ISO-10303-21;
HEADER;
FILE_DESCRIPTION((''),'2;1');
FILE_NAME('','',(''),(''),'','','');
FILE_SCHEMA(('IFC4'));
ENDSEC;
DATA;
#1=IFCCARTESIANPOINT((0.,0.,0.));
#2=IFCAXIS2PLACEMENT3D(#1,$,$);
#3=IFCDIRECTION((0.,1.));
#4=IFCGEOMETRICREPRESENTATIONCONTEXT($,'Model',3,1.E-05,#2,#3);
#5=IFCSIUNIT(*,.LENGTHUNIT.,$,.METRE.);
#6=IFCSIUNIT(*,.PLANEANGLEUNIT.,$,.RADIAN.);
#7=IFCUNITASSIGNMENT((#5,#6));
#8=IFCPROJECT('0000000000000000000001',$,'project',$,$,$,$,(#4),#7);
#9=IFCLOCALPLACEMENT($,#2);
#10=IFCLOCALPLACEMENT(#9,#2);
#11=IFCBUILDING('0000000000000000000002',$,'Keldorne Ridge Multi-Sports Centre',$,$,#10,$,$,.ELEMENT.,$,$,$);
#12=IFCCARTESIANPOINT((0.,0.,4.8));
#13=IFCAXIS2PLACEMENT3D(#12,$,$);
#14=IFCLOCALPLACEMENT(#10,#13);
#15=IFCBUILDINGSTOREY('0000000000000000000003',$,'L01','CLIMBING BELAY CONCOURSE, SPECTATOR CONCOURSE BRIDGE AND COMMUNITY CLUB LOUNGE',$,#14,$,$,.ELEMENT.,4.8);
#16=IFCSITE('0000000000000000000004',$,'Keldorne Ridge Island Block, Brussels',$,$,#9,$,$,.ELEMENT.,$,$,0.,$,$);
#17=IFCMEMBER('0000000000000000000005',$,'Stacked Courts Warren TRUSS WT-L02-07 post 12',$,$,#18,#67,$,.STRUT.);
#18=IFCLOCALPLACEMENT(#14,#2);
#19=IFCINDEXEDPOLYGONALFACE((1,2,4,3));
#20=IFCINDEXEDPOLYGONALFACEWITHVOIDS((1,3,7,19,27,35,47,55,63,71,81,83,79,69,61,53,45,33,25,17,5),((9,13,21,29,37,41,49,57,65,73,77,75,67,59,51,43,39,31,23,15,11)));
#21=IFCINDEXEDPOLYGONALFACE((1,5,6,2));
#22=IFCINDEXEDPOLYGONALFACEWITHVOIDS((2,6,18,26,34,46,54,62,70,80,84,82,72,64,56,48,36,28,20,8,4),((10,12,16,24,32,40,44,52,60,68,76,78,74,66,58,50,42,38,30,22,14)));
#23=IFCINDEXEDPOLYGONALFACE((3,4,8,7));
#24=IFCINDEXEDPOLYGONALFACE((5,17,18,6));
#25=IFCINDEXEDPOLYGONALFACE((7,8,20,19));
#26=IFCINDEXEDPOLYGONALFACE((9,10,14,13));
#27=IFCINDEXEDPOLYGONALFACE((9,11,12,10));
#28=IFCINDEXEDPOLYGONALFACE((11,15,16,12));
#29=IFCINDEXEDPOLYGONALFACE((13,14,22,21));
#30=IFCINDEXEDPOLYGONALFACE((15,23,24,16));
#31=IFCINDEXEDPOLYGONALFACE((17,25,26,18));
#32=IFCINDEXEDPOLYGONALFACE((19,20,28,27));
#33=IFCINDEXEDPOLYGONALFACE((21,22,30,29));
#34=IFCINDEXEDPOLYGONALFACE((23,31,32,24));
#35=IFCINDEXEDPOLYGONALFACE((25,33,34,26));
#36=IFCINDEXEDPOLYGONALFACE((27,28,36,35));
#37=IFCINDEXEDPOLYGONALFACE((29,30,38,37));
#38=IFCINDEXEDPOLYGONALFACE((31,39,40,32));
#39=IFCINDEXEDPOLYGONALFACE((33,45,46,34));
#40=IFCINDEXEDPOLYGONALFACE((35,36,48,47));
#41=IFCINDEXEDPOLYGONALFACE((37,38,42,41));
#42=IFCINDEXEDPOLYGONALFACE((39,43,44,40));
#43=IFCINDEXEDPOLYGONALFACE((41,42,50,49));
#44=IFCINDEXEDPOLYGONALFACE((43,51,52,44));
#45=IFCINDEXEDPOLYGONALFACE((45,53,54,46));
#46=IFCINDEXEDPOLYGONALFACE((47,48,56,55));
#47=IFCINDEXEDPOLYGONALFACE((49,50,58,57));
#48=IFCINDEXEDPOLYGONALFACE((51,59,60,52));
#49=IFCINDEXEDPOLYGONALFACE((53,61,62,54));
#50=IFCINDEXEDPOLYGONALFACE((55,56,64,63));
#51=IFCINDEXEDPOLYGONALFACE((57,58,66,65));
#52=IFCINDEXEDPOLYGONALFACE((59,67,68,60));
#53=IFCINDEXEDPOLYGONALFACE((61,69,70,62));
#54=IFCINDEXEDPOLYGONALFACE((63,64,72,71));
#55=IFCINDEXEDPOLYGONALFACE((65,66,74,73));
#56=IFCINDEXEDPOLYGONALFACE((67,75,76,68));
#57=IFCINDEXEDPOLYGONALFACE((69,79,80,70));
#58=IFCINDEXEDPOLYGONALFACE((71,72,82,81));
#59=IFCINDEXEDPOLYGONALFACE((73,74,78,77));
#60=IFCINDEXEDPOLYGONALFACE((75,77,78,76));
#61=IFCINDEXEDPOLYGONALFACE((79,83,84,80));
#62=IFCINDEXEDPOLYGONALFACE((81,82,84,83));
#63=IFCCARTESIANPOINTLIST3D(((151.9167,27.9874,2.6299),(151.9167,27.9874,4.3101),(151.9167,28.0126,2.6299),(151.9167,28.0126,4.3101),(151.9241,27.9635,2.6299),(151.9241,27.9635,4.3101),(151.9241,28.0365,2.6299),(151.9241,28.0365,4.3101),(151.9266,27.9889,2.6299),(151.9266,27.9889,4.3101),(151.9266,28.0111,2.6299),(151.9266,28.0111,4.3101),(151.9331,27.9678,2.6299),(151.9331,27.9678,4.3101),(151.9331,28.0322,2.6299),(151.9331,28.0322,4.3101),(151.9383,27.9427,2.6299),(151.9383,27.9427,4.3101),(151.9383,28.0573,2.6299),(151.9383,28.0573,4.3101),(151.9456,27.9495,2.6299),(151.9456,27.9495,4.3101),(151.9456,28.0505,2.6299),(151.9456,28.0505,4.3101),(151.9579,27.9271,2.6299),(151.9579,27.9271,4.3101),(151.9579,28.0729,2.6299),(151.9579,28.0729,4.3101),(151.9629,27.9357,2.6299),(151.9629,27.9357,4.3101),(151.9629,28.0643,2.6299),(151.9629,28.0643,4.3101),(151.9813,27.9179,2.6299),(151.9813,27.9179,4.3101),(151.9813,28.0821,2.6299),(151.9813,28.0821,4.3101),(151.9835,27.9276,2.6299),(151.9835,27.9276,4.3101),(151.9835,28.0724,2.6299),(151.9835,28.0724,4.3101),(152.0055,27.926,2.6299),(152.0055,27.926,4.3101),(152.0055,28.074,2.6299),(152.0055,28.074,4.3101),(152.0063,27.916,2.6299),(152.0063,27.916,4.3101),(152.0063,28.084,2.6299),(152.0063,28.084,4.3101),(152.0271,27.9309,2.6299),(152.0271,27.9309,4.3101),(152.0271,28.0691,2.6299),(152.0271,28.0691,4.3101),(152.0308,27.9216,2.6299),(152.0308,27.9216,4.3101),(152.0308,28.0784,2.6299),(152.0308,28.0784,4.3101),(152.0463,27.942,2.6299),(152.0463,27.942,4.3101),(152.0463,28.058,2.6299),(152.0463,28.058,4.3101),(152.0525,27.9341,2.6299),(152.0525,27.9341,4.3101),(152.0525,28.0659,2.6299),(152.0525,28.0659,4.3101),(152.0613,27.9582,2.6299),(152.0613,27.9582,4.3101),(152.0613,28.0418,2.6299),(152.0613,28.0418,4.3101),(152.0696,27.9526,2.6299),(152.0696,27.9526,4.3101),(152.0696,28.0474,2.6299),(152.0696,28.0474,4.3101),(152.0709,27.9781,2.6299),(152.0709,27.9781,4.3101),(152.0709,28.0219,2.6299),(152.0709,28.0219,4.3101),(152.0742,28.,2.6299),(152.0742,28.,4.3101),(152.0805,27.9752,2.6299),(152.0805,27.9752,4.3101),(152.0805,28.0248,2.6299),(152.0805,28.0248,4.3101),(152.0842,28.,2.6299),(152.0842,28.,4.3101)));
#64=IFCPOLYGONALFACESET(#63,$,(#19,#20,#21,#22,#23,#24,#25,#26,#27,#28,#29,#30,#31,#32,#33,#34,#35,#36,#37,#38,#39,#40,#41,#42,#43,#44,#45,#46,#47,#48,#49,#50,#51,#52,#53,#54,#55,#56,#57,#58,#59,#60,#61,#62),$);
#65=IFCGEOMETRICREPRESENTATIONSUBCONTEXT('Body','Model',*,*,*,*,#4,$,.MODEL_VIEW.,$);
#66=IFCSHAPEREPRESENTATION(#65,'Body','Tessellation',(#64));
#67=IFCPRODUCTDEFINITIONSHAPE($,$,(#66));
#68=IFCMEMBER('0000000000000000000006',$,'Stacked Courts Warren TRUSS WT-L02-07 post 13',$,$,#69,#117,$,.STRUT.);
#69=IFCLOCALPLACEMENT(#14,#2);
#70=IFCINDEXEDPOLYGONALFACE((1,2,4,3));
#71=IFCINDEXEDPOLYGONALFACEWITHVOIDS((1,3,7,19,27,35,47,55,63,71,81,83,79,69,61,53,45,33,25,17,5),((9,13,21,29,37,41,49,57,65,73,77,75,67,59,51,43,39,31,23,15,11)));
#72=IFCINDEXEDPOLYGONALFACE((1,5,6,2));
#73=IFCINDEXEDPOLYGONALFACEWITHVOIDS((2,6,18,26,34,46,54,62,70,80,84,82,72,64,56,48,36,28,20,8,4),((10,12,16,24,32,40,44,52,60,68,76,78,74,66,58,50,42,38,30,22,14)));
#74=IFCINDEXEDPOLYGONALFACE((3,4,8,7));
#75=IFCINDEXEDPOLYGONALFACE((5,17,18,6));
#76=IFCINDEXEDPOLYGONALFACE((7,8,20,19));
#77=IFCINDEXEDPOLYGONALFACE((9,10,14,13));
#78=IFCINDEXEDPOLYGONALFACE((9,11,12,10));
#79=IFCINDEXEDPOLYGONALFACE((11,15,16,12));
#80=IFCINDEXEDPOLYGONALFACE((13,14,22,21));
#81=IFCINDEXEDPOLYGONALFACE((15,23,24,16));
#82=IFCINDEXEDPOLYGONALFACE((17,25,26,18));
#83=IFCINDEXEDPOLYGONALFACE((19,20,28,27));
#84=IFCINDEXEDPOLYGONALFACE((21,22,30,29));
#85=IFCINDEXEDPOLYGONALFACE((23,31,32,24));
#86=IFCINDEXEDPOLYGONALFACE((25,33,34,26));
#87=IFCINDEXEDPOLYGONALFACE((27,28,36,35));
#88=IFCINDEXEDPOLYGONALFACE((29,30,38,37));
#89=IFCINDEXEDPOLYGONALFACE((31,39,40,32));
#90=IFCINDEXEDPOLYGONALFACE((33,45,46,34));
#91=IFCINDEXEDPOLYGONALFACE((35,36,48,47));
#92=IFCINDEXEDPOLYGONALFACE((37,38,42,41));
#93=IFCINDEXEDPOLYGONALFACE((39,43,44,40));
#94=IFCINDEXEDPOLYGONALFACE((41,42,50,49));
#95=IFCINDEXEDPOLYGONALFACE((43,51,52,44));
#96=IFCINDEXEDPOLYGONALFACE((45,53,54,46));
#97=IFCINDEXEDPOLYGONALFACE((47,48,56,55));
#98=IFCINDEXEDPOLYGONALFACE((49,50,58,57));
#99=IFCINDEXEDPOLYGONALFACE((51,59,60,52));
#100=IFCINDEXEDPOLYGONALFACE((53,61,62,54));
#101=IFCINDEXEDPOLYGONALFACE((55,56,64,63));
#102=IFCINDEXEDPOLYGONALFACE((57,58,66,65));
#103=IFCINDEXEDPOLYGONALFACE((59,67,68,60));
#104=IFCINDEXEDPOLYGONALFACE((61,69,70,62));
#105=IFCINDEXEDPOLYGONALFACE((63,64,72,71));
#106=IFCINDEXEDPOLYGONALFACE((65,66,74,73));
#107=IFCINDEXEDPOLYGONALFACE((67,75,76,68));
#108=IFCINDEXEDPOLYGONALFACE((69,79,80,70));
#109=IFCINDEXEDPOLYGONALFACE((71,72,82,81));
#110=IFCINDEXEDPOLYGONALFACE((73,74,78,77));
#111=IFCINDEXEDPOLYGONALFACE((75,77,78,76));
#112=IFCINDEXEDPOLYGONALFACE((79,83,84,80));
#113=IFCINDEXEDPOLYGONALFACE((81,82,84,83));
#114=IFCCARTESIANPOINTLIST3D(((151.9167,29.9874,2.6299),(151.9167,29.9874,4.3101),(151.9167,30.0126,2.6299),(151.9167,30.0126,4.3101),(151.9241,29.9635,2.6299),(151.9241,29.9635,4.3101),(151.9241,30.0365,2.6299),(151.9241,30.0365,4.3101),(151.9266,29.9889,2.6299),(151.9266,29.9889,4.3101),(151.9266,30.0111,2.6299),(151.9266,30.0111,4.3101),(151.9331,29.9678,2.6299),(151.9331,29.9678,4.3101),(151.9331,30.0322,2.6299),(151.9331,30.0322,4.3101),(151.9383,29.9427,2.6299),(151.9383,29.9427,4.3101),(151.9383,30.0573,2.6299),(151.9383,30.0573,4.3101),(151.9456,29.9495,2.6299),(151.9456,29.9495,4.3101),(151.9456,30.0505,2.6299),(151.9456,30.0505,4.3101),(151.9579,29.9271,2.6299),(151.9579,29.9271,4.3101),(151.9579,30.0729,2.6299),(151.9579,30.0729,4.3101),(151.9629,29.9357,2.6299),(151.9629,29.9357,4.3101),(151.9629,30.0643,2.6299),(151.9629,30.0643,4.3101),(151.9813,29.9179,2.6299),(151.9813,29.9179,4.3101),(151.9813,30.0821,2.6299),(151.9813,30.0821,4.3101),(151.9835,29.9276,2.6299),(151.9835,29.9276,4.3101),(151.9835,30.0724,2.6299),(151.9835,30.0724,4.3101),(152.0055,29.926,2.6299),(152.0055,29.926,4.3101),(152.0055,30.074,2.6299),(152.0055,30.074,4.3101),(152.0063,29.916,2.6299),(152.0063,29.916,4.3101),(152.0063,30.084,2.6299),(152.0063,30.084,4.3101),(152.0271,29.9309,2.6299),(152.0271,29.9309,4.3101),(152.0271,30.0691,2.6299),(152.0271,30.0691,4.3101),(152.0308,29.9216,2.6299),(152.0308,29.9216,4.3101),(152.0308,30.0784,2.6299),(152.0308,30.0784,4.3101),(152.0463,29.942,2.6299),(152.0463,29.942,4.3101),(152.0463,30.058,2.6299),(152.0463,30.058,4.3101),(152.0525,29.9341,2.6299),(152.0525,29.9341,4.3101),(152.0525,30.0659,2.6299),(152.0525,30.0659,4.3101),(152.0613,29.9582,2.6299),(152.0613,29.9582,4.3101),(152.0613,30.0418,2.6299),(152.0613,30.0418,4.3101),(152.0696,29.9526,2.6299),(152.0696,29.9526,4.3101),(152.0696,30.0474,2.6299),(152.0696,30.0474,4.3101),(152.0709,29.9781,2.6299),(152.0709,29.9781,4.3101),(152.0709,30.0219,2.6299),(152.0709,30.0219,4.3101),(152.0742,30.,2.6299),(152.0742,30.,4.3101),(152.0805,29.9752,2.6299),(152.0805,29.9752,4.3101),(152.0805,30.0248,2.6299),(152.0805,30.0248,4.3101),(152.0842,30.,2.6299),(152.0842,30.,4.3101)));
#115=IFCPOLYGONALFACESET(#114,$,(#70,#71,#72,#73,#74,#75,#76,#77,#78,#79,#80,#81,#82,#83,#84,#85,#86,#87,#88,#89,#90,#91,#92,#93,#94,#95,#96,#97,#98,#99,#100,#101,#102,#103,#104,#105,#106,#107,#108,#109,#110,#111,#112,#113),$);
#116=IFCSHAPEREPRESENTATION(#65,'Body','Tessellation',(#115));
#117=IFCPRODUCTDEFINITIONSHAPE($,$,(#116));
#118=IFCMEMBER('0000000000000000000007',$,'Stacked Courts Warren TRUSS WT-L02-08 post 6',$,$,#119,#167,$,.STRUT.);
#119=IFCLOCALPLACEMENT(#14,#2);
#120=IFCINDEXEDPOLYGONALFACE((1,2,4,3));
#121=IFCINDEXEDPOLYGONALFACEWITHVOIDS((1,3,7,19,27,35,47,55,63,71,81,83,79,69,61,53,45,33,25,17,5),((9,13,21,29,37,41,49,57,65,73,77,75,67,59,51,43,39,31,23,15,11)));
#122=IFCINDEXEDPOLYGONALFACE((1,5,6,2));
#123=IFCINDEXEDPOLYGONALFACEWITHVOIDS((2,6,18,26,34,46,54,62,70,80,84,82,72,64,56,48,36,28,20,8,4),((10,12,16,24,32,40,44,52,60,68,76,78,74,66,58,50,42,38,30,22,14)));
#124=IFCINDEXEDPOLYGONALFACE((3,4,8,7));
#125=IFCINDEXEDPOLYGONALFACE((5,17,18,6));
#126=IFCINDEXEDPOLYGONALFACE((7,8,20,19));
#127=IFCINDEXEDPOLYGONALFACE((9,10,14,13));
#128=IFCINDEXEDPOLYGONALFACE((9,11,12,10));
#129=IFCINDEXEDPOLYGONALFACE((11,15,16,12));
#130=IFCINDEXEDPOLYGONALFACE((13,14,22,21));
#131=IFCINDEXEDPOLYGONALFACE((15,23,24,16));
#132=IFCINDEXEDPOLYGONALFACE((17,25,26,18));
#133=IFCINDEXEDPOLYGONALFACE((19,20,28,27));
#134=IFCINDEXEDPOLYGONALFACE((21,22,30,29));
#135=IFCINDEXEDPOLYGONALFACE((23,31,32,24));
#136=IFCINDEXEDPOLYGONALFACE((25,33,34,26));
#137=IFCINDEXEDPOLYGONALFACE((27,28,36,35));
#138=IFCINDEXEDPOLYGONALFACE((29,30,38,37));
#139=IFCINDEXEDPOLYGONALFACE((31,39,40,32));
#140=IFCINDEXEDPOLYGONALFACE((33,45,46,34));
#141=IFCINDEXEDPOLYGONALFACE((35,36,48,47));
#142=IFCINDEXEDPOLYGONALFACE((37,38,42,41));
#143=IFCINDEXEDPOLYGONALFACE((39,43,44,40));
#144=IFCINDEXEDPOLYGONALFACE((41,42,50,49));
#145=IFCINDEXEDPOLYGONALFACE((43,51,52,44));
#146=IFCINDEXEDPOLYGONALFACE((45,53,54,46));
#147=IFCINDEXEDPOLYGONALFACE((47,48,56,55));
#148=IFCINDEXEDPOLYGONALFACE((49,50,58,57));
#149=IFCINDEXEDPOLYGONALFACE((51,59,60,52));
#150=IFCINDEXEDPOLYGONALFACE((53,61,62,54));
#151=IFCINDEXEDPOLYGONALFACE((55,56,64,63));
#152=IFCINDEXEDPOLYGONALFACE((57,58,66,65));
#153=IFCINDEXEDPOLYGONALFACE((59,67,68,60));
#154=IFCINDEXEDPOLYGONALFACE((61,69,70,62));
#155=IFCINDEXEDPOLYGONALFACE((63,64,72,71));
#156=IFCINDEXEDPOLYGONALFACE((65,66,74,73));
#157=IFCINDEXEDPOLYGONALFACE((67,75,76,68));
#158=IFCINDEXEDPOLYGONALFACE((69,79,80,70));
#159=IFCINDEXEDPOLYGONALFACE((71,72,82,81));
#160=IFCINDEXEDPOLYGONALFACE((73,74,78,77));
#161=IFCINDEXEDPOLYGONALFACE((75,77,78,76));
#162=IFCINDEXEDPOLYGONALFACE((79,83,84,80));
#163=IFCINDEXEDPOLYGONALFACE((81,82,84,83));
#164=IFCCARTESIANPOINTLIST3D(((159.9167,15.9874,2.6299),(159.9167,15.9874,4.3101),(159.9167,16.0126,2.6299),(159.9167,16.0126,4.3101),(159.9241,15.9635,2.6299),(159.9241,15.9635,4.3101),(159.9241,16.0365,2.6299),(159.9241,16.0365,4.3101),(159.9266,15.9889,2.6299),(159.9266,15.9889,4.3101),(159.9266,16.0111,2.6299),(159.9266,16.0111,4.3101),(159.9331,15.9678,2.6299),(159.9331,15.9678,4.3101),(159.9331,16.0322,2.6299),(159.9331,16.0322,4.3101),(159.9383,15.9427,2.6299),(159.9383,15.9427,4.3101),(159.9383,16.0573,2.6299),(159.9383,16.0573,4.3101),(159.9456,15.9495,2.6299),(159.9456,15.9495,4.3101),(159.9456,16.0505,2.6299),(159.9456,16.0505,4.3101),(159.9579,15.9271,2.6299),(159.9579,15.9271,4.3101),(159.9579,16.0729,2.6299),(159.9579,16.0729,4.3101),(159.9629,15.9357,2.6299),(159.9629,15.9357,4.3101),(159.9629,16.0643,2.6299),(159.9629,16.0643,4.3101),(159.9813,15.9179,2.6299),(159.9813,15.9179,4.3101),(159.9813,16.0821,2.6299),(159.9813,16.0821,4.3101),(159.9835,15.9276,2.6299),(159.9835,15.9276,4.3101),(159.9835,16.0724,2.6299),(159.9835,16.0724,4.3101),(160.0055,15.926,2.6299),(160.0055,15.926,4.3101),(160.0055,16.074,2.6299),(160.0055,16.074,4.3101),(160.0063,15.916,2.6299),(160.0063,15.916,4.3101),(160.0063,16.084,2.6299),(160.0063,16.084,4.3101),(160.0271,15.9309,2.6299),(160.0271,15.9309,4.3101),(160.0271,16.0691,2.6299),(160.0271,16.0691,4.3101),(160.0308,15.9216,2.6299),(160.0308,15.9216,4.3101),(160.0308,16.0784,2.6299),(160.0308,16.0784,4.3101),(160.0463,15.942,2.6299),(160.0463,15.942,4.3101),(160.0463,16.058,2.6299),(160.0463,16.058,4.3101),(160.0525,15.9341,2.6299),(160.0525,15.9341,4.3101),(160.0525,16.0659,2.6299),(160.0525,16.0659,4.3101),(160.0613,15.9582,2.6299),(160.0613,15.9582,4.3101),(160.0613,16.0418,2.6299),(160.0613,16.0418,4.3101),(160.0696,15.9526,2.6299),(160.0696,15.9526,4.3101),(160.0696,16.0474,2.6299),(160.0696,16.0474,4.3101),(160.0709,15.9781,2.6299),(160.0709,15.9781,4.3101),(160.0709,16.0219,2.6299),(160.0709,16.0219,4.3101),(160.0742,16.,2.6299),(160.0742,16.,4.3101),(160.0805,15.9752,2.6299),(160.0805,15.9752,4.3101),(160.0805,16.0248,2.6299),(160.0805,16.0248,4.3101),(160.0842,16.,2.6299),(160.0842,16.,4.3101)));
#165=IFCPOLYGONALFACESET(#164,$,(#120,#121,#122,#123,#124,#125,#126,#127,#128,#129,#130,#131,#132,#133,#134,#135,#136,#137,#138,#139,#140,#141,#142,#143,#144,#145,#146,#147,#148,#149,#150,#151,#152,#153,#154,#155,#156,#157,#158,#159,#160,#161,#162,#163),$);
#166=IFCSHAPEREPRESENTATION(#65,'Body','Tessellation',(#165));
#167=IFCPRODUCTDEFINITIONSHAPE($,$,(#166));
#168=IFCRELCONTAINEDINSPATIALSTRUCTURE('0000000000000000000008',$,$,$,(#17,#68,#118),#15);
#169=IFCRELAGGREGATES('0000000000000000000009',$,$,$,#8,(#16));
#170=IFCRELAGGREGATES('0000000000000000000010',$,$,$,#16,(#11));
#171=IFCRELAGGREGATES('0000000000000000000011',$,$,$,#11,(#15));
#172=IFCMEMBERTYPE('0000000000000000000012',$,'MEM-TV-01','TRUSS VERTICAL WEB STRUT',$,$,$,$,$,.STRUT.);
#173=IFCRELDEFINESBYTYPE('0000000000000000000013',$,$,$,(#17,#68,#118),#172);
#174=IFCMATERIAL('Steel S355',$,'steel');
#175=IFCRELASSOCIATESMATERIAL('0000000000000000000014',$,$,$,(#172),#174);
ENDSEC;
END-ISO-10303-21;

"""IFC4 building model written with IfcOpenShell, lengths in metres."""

from ifc_helpers import new_model, si_unit, direction, frame, origin, origin_2d, place, context, subcontext, project, spatial, hollow_circle, extrude, material, material_profile, profile_set, type_object, element, save


model = new_model("IFC4")

# Units and contexts
model_context = context("Model", 3, precision=1e-05, world=origin(), true_north=direction((0.0, 1.0)))
body_context = subcontext(model_context, "Body", "Model", "MODEL_VIEW")
ifc_project = project(units=[si_unit("LENGTHUNIT", "METRE"), si_unit("PLANEANGLEUNIT", "RADIAN")], contexts=[model_context])

# Site, building, storey
site_placement = place(None, origin())
site = spatial("IfcSite", under=ifc_project, at=site_placement, Name="Keldorne Ridge Island Block, Brussels", CompositionType="ELEMENT", RefElevation=0.0)
building_placement = place(site_placement, origin())
building = spatial("IfcBuilding", under=site, at=building_placement, Name="Keldorne Ridge Multi-Sports Centre", CompositionType="ELEMENT")
storey_placement = place(building_placement, frame((0.0, 0.0, 4.8)))
storey = spatial("IfcBuildingStorey", under=building, at=storey_placement, Name="L01", Description="CLIMBING BELAY CONCOURSE, SPECTATOR CONCOURSE BRIDGE AND COMMUNITY CLUB LOUNGE", CompositionType="ELEMENT", Elevation=4.8)

# Members
ifc_material = material(Name="Steel S355", Category="steel")
ifc_material_profile_1 = material_profile(ifc_material, hollow_circle(Radius=0.0842, WallThickness=0.01, at=origin_2d()), Name="CHS 168.3x10")
ifc_profile_set_1 = profile_set([ifc_material_profile_1], Name="Steel S355")
member_type_1 = type_object("IfcMemberType", Name="MEM-TV-01", Description="TRUSS VERTICAL WEB STRUT", PredefinedType="STRUT", material=ifc_profile_set_1)
for number, where, z_axis, x_axis, name in (
    (1, (152.0, 28.0, 2.6299), (0.0, 0.0, 1.0), (1.0, 0.0, 0.0), "Stacked Courts Warren TRUSS WT-L02-07 post 12"),
    (2, (152.0, 30.0, 2.6299), (0.0, 0.0, 1.0), (1.0, 0.0, 0.0), "Stacked Courts Warren TRUSS WT-L02-07 post 13"),
    (3, (160.0, 16.0, 2.6299), (0.0, 0.0, 1.0), (1.0, 0.0, 0.0), "Stacked Courts Warren TRUSS WT-L02-08 post 6"),
):
    element("IfcMember", number, at=place(storey_placement, frame(where, z_axis=z_axis, x_axis=x_axis)), inside=storey, type_object=member_type_1, Name=name, PredefinedType="STRUT", context=body_context, shape_type="SweptSolid", body=[
        extrude(hollow_circle(Radius=0.0842, WallThickness=0.01, at=origin_2d()), origin(), (0.0, 0.0, 1.0), 1.6802),
    ])

save(model, "model.ifc")
